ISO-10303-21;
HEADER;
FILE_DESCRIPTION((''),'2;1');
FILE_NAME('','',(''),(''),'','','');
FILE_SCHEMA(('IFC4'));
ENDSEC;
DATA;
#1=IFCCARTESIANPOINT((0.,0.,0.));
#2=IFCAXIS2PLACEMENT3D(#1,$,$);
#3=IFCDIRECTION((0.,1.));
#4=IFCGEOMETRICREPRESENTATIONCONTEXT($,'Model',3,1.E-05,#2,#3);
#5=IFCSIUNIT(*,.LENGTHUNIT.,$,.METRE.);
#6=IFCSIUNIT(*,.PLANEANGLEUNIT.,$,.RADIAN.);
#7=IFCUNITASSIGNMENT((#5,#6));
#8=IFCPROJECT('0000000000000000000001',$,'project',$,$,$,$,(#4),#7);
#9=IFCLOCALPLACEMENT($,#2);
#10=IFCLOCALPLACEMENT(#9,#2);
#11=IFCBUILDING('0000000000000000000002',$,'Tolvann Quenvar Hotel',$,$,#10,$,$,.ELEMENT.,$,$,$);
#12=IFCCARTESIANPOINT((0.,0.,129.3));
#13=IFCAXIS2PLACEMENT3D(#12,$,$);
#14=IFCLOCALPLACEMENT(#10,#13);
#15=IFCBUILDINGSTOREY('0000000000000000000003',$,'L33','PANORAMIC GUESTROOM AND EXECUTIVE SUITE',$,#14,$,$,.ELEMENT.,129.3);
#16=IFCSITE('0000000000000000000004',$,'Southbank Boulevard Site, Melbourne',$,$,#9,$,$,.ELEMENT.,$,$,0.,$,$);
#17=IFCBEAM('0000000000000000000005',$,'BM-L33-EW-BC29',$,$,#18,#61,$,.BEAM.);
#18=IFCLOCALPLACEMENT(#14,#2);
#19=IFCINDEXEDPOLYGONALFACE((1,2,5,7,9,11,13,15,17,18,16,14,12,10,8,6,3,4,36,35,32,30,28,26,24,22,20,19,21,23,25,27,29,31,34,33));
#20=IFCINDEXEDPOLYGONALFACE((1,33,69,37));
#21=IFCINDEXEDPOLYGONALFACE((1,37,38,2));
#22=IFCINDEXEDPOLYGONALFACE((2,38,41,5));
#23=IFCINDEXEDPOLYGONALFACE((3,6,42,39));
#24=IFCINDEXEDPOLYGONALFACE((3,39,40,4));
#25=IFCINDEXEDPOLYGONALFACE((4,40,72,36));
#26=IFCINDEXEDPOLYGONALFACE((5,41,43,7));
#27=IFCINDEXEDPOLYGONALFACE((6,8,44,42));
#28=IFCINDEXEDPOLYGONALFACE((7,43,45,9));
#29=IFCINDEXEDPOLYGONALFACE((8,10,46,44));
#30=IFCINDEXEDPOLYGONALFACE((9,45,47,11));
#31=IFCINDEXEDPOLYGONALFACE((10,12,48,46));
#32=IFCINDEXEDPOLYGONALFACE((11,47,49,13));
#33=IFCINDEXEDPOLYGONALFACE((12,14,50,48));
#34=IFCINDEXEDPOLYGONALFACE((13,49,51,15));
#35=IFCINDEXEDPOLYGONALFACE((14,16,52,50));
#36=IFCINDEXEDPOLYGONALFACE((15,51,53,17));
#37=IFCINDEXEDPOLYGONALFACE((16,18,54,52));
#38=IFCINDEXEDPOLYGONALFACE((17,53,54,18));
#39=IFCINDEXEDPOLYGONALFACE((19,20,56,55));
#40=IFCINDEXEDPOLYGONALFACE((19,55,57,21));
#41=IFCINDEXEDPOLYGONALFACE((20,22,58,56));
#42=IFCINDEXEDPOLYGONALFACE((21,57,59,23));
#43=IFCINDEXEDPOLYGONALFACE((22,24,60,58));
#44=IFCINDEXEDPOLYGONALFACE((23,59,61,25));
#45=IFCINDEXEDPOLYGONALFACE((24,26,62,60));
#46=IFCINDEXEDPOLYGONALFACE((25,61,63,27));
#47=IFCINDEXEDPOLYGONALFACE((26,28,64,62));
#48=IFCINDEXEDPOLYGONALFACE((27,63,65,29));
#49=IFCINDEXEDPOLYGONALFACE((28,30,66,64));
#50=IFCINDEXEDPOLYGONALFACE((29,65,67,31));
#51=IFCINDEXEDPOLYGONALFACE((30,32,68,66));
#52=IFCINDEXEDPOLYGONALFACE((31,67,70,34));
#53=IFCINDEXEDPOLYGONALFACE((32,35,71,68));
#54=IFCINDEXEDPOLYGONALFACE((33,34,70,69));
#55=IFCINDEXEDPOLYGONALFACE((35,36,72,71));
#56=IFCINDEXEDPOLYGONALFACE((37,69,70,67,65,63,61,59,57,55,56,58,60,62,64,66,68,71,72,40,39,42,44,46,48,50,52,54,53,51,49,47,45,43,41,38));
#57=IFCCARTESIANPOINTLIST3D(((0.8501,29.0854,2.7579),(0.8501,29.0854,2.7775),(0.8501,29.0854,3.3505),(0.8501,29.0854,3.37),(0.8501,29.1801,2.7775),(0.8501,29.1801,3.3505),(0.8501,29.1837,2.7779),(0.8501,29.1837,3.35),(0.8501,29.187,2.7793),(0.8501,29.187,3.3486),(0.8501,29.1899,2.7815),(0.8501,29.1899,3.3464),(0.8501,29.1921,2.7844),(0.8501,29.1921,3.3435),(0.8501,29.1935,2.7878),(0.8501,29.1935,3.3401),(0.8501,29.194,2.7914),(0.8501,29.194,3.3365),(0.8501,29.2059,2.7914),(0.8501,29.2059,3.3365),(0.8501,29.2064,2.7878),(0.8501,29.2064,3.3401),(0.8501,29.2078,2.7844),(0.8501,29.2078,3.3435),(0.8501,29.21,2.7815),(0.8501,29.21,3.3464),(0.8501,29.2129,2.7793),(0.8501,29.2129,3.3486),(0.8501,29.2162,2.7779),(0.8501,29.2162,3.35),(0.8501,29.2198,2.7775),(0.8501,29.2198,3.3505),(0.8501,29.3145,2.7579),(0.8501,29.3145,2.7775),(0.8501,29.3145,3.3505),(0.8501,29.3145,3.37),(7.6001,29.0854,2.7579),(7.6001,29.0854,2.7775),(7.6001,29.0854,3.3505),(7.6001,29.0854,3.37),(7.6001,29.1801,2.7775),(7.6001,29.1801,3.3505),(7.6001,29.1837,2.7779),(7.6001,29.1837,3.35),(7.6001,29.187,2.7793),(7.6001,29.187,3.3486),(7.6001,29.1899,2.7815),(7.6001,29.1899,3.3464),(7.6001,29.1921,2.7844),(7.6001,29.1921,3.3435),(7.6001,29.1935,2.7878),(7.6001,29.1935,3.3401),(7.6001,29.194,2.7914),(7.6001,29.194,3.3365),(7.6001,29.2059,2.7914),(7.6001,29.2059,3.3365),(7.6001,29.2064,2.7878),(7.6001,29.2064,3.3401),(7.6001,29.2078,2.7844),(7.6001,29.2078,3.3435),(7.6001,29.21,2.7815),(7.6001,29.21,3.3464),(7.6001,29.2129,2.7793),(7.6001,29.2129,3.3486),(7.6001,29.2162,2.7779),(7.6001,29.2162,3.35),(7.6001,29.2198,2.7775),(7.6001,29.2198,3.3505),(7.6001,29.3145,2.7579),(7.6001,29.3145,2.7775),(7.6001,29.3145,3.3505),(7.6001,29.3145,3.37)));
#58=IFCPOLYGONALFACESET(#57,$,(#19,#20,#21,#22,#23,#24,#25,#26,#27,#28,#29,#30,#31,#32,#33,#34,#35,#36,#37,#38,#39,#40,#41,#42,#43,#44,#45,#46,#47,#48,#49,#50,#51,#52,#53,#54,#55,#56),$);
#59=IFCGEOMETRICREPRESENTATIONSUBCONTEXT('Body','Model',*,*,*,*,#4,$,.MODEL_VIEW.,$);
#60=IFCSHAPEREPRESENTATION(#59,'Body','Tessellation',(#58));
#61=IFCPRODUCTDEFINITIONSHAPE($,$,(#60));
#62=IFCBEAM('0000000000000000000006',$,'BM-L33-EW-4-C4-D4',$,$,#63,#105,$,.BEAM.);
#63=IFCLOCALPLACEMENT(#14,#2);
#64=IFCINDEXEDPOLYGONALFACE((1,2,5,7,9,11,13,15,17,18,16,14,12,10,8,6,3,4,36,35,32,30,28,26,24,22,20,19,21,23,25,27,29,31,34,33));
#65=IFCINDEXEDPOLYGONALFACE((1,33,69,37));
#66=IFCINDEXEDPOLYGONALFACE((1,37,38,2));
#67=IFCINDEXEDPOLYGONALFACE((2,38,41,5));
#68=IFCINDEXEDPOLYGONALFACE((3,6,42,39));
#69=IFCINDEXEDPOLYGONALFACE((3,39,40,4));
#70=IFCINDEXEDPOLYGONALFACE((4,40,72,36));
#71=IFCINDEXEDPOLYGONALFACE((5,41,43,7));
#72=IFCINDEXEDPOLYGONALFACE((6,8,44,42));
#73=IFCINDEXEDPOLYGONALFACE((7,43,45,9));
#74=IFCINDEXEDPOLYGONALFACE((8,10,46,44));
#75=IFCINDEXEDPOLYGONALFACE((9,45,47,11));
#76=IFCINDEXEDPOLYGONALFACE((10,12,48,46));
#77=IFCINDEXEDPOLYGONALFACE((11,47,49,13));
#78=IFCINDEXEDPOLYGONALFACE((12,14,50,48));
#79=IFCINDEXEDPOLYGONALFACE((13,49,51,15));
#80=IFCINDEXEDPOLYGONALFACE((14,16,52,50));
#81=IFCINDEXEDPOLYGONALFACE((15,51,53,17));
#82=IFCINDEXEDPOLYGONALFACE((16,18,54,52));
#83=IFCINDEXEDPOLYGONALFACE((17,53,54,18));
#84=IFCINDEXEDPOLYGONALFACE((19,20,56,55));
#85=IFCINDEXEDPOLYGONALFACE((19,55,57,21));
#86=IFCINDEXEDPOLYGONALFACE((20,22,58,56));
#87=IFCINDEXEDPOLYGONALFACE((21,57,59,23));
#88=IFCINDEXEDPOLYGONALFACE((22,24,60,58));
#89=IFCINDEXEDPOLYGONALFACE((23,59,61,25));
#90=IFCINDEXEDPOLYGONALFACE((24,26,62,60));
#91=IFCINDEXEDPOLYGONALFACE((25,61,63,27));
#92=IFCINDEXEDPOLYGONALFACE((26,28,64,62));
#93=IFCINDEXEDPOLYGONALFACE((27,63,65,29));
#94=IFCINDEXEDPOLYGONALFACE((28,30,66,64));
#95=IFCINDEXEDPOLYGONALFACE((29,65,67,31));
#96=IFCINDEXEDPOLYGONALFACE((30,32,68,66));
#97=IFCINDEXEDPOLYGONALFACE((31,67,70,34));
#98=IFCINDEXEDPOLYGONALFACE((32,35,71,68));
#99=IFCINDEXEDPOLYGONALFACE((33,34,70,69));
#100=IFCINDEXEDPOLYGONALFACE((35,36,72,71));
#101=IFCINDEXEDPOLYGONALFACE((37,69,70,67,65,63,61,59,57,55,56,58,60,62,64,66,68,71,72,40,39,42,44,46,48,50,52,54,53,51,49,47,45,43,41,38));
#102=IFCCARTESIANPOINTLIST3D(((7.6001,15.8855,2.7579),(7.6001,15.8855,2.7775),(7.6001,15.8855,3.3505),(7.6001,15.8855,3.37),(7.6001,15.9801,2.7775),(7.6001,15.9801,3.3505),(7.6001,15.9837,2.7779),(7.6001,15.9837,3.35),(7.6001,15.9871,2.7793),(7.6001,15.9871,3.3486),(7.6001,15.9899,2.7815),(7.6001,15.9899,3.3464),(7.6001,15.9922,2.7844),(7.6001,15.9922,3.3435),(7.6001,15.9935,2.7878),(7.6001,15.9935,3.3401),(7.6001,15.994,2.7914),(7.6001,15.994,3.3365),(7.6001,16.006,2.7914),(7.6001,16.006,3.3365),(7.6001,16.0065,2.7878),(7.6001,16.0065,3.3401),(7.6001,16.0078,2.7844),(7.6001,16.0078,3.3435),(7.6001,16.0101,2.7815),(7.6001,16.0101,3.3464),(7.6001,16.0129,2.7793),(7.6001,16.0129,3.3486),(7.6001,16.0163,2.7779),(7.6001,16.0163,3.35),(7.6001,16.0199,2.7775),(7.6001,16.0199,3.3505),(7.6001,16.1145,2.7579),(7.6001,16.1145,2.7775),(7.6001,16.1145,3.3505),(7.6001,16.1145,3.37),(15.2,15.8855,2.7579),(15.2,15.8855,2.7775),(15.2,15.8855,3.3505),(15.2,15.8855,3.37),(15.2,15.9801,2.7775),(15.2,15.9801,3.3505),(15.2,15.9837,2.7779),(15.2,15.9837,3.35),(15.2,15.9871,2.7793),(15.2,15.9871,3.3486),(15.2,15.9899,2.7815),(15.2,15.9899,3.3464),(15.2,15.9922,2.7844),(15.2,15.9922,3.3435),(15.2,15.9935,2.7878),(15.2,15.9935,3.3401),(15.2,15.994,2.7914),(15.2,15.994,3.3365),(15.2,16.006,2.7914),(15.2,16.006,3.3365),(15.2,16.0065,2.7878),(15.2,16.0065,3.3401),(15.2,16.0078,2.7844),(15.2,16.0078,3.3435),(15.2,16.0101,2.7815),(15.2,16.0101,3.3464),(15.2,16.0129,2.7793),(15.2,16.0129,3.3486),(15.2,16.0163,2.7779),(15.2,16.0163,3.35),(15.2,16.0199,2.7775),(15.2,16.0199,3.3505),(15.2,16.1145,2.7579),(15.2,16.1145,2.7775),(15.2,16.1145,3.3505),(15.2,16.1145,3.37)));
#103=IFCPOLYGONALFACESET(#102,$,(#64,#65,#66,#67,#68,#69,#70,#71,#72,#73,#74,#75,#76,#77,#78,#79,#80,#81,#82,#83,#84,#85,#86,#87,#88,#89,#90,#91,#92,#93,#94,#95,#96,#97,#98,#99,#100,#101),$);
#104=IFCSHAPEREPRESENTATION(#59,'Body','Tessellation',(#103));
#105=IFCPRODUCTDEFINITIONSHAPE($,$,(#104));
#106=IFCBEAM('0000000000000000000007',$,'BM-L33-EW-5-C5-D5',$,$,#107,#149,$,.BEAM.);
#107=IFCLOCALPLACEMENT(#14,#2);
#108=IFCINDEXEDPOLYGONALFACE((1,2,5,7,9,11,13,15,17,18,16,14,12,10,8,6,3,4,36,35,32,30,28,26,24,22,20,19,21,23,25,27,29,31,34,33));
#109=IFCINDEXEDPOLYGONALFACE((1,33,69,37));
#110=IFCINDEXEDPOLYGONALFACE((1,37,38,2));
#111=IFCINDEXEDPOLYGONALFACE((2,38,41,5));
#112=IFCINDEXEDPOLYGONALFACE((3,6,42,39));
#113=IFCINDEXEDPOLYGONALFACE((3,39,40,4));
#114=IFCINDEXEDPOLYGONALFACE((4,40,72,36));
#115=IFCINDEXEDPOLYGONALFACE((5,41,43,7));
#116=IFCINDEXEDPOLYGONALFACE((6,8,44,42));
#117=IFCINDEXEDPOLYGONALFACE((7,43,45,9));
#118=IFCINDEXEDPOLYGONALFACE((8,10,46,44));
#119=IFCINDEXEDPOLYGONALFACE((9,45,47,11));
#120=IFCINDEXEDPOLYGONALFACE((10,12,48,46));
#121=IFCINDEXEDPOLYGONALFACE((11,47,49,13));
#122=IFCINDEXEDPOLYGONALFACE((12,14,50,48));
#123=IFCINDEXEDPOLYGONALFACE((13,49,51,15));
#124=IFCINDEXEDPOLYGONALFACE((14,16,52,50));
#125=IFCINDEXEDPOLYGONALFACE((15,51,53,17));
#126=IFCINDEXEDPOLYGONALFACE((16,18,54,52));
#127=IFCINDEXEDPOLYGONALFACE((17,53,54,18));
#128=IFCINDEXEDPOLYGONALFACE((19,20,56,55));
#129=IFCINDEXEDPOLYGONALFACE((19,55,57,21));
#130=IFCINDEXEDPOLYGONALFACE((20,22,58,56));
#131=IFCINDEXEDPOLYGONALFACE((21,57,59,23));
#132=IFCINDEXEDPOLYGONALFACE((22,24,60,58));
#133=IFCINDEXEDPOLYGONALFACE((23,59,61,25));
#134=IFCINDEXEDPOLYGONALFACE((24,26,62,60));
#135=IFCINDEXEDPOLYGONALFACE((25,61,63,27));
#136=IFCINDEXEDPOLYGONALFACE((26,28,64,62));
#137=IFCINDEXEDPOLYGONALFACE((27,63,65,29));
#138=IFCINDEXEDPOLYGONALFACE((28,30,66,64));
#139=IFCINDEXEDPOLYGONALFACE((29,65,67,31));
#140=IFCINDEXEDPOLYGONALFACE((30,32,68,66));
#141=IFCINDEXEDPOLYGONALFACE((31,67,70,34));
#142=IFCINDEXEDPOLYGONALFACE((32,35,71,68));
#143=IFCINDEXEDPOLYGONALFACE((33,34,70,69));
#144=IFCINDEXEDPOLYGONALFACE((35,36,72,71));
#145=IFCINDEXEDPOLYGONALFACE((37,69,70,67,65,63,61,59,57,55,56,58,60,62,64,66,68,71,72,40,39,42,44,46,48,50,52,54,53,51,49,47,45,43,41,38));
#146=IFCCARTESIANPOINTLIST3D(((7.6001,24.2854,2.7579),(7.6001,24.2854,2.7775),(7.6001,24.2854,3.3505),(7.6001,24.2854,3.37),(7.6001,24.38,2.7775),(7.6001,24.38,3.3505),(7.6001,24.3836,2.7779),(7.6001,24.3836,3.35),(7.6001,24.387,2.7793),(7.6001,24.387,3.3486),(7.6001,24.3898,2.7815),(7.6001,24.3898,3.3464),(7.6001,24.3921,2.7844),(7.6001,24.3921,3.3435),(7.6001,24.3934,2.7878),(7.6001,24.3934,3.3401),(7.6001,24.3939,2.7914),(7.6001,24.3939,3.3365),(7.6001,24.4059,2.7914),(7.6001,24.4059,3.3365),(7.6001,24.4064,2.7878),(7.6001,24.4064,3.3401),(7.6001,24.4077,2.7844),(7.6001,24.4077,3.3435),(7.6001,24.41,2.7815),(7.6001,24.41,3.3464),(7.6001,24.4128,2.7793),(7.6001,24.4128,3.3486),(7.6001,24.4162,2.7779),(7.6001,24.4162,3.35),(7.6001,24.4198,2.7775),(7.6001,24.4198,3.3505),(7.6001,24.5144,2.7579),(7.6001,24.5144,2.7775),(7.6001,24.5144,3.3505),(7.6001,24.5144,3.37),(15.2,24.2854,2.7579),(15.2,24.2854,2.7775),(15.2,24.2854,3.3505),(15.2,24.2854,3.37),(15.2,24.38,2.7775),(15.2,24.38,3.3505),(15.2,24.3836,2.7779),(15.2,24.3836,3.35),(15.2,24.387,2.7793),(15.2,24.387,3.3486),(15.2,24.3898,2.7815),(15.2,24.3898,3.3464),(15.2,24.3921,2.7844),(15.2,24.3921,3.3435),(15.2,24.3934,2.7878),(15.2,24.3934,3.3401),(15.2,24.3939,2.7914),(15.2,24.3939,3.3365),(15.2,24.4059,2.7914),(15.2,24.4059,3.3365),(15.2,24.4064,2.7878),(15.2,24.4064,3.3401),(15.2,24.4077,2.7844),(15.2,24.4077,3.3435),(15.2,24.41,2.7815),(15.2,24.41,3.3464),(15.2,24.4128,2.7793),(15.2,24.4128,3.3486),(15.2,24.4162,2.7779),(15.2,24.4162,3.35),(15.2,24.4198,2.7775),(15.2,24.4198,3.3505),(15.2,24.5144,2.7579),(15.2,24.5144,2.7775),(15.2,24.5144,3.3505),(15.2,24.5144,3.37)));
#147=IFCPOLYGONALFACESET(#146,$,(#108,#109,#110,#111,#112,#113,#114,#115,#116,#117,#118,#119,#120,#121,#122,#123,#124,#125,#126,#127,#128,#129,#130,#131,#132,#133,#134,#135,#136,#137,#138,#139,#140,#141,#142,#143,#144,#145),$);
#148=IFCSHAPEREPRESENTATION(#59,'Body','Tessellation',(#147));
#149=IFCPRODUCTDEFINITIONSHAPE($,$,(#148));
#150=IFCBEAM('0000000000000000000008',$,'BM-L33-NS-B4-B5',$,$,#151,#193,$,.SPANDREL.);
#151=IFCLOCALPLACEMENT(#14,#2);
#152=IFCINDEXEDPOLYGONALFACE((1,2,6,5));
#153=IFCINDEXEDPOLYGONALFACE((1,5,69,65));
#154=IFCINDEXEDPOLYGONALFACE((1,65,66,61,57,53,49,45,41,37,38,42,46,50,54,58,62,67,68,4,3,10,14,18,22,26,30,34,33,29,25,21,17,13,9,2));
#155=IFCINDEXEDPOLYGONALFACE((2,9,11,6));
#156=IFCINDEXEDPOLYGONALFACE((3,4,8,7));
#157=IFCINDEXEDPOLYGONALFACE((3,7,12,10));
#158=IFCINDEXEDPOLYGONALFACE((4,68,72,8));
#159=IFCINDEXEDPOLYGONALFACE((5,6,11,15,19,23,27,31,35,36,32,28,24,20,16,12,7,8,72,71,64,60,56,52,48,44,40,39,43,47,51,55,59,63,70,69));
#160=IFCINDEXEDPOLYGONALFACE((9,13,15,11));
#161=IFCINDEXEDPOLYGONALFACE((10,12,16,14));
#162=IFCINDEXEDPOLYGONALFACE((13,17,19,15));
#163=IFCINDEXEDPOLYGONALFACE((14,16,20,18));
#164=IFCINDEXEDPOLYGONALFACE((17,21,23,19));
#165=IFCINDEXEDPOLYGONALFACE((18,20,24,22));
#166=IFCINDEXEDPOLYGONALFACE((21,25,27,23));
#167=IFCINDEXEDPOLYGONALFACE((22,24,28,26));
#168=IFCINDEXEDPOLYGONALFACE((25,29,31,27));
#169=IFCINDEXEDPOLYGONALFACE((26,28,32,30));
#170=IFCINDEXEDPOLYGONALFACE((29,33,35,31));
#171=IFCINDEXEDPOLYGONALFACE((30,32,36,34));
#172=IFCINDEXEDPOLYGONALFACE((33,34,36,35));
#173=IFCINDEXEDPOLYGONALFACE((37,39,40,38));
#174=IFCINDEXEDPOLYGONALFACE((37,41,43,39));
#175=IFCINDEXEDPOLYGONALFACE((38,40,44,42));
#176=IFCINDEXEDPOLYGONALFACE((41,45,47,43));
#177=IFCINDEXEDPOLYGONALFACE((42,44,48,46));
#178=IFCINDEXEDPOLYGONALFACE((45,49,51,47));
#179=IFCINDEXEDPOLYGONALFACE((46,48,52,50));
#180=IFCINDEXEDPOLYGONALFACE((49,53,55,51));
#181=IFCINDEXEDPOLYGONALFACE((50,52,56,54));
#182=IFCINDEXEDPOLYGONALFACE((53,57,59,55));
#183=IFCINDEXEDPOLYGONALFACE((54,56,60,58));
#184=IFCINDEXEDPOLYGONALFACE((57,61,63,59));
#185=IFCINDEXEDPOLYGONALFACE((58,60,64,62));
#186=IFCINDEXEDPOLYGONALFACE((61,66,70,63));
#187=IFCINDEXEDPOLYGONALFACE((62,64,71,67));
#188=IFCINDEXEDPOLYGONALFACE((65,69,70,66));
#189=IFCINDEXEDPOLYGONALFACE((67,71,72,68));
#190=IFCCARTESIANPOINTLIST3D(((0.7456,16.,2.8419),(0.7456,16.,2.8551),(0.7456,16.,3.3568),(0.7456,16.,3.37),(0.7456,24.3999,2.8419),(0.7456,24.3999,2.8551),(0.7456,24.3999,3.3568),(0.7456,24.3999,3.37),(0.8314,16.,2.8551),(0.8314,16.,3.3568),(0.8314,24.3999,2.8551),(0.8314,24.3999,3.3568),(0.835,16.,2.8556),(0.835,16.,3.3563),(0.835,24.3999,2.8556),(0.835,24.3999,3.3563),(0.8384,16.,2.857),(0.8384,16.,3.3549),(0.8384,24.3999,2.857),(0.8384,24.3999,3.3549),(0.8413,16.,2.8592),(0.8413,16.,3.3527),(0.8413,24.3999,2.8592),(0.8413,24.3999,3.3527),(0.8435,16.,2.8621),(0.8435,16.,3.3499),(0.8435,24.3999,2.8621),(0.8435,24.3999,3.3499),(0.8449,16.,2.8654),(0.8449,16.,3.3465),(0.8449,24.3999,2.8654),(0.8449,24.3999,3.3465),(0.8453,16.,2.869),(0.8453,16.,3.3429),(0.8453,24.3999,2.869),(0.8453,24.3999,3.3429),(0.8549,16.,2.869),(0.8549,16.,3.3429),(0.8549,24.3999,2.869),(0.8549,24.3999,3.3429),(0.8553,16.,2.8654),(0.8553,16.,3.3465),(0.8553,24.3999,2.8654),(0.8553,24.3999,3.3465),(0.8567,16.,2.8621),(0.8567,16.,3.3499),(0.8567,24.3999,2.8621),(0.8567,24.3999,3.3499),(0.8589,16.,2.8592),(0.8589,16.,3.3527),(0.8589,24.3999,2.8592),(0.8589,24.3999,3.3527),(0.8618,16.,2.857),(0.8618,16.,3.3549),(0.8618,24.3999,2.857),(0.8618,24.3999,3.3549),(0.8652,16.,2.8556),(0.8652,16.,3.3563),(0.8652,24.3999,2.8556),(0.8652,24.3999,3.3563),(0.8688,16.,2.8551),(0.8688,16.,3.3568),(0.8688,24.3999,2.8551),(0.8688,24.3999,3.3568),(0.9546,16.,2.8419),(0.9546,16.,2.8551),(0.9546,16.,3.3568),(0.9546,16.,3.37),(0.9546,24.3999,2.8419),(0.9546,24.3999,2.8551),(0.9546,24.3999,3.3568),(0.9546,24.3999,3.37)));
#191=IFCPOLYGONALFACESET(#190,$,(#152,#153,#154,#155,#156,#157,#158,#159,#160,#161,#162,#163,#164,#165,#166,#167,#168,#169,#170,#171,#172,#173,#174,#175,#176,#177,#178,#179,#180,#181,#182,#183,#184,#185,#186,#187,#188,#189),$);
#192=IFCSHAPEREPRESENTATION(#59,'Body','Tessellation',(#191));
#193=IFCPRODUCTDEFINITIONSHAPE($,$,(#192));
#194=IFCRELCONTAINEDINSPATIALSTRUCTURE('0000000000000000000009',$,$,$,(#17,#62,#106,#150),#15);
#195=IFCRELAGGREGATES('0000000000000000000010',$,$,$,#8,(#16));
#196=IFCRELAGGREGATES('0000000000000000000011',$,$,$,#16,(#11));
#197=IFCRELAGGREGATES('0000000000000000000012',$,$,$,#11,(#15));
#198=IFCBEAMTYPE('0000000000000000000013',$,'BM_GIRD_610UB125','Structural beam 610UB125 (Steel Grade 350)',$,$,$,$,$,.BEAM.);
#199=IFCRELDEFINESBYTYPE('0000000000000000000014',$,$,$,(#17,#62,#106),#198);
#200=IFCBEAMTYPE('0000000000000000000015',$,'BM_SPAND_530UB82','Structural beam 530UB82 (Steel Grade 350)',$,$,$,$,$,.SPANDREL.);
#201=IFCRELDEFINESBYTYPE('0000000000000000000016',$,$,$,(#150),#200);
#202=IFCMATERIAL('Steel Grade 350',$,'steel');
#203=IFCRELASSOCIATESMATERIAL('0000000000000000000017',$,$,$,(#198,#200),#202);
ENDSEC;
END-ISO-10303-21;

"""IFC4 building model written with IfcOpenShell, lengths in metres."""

from ifc_helpers import new_model, si_unit, direction, frame, origin, origin_2d, place, context, subcontext, project, spatial, i_section, extrude, source, transform, mapped, material, material_profile, profile_set, type_object, type_shapes, element, save


model = new_model("IFC4")

# Units and contexts
model_context = context("Model", 3, precision=1e-05, world=origin(), true_north=direction((0.0, 1.0)))
body_context = subcontext(model_context, "Body", "Model", "MODEL_VIEW")
ifc_project = project(units=[si_unit("LENGTHUNIT", "METRE"), si_unit("PLANEANGLEUNIT", "RADIAN")], contexts=[model_context])

# Site, building, storey
site_placement = place(None, origin())
site = spatial("IfcSite", under=ifc_project, at=site_placement, Name="Southbank Boulevard Site, Melbourne", CompositionType="ELEMENT", RefElevation=0.0)
building_placement = place(site_placement, origin())
building = spatial("IfcBuilding", under=site, at=building_placement, Name="Tolvann Quenvar Hotel", CompositionType="ELEMENT")
storey_placement = place(building_placement, frame((0.0, 0.0, 129.3)))
storey = spatial("IfcBuildingStorey", under=building, at=storey_placement, Name="L33", Description="PANORAMIC GUESTROOM AND EXECUTIVE SUITE", CompositionType="ELEMENT", Elevation=129.3)

# Shared definitions
ifc_material_1 = material(Name="Steel Grade 350", Category="steel")

# Beams
ifc_material_profile_1 = material_profile(ifc_material_1, i_section(OverallWidth=0.229, OverallDepth=0.6121, WebThickness=0.012, FlangeThickness=0.0195, FilletRadius=0.0139, at=origin_2d()), Name="610UB125")
ifc_profile_set_1 = profile_set([ifc_material_profile_1], Name="Steel Grade 350")
beam_type_1 = type_object("IfcBeamType", Name="BM_GIRD_610UB125", Description="Structural beam 610UB125 (Steel Grade 350)", PredefinedType="BEAM", material=ifc_profile_set_1)
shared_shape_1 = source(origin(), body_context, "Body", "SweptSolid", [
    extrude(i_section(OverallWidth=0.229, OverallDepth=0.6121, WebThickness=0.012, FlangeThickness=0.0195, FilletRadius=0.0139, at=origin_2d()), origin(), (0.0, 0.0, 1.0), 6.75),
])
for number, where, z_axis, x_axis, name in (
    (1, (0.8501, 29.2, 3.064), (1.0, 0.0, 0.0), (0.0, 1.0, 0.0), "BM-L33-EW-BC29"),
):
    element("IfcBeam", number, at=place(storey_placement, frame(where, z_axis=z_axis, x_axis=x_axis)), inside=storey, type_object=beam_type_1, Name=name, PredefinedType="BEAM", context=body_context, shape_type="MappedRepresentation", body=[
        mapped(shared_shape_1, transform((0.0, 0.0, 0.0), x_axis=(1.0, 0.0, 0.0), y_axis=(0.0, 1.0, 0.0), z_axis=(0.0, 0.0, 1.0), scale=1.0)),
    ])
shared_shape_2 = source(origin(), body_context, "Body", "SweptSolid", [
    extrude(i_section(OverallWidth=0.229, OverallDepth=0.6121, WebThickness=0.012, FlangeThickness=0.0195, FilletRadius=0.0139, at=origin_2d()), origin(), (0.0, 0.0, 1.0), 7.5999),
])
type_shapes(beam_type_1, [shared_shape_1, shared_shape_2])
for number, where, z_axis, x_axis, name in (
    (2, (7.6001, 16.0, 3.064), (1.0, 0.0, 0.0), (0.0, 1.0, 0.0), "BM-L33-EW-4-C4-D4"),
    (3, (7.6001, 24.3999, 3.064), (1.0, 0.0, 0.0), (0.0, 1.0, 0.0), "BM-L33-EW-5-C5-D5"),
):
    element("IfcBeam", number, at=place(storey_placement, frame(where, z_axis=z_axis, x_axis=x_axis)), inside=storey, type_object=beam_type_1, Name=name, PredefinedType="BEAM", context=body_context, shape_type="MappedRepresentation", body=[
        mapped(shared_shape_2, transform((0.0, 0.0, 0.0), x_axis=(1.0, 0.0, 0.0), y_axis=(0.0, 1.0, 0.0), z_axis=(0.0, 0.0, 1.0), scale=1.0)),
    ])
ifc_material_profile_2 = material_profile(ifc_material_1, i_section(OverallWidth=0.209, OverallDepth=0.5281, WebThickness=0.0095, FlangeThickness=0.0132, FilletRadius=0.0139, at=origin_2d()), Name="530UB82")
ifc_profile_set_2 = profile_set([ifc_material_profile_2], Name="Steel Grade 350")
beam_type_2 = type_object("IfcBeamType", Name="BM_SPAND_530UB82", Description="Structural beam 530UB82 (Steel Grade 350)", PredefinedType="SPANDREL", material=ifc_profile_set_2)
shared_shape_3 = source(origin(), body_context, "Body", "SweptSolid", [
    extrude(i_section(OverallWidth=0.209, OverallDepth=0.5281, WebThickness=0.0095, FlangeThickness=0.0132, FilletRadius=0.0139, at=origin_2d()), origin(), (0.0, 0.0, 1.0), 8.3999),
])
beam_1_placement = place(storey_placement, frame((0.8501, 16.0, 3.106), z_axis=(0.0, 1.0, 0.0), x_axis=(-1.0, 0.0, 0.0)))
element("IfcBeam", 4, at=beam_1_placement, inside=storey, type_object=beam_type_2, Name="BM-L33-NS-B4-B5", PredefinedType="SPANDREL", context=body_context, shape_type="MappedRepresentation", body=[
    mapped(shared_shape_3, transform((0.0, 0.0, 0.0), x_axis=(1.0, 0.0, 0.0), y_axis=(0.0, 1.0, 0.0), z_axis=(0.0, 0.0, 1.0), scale=1.0)),
])

save(model, "model.ifc")
